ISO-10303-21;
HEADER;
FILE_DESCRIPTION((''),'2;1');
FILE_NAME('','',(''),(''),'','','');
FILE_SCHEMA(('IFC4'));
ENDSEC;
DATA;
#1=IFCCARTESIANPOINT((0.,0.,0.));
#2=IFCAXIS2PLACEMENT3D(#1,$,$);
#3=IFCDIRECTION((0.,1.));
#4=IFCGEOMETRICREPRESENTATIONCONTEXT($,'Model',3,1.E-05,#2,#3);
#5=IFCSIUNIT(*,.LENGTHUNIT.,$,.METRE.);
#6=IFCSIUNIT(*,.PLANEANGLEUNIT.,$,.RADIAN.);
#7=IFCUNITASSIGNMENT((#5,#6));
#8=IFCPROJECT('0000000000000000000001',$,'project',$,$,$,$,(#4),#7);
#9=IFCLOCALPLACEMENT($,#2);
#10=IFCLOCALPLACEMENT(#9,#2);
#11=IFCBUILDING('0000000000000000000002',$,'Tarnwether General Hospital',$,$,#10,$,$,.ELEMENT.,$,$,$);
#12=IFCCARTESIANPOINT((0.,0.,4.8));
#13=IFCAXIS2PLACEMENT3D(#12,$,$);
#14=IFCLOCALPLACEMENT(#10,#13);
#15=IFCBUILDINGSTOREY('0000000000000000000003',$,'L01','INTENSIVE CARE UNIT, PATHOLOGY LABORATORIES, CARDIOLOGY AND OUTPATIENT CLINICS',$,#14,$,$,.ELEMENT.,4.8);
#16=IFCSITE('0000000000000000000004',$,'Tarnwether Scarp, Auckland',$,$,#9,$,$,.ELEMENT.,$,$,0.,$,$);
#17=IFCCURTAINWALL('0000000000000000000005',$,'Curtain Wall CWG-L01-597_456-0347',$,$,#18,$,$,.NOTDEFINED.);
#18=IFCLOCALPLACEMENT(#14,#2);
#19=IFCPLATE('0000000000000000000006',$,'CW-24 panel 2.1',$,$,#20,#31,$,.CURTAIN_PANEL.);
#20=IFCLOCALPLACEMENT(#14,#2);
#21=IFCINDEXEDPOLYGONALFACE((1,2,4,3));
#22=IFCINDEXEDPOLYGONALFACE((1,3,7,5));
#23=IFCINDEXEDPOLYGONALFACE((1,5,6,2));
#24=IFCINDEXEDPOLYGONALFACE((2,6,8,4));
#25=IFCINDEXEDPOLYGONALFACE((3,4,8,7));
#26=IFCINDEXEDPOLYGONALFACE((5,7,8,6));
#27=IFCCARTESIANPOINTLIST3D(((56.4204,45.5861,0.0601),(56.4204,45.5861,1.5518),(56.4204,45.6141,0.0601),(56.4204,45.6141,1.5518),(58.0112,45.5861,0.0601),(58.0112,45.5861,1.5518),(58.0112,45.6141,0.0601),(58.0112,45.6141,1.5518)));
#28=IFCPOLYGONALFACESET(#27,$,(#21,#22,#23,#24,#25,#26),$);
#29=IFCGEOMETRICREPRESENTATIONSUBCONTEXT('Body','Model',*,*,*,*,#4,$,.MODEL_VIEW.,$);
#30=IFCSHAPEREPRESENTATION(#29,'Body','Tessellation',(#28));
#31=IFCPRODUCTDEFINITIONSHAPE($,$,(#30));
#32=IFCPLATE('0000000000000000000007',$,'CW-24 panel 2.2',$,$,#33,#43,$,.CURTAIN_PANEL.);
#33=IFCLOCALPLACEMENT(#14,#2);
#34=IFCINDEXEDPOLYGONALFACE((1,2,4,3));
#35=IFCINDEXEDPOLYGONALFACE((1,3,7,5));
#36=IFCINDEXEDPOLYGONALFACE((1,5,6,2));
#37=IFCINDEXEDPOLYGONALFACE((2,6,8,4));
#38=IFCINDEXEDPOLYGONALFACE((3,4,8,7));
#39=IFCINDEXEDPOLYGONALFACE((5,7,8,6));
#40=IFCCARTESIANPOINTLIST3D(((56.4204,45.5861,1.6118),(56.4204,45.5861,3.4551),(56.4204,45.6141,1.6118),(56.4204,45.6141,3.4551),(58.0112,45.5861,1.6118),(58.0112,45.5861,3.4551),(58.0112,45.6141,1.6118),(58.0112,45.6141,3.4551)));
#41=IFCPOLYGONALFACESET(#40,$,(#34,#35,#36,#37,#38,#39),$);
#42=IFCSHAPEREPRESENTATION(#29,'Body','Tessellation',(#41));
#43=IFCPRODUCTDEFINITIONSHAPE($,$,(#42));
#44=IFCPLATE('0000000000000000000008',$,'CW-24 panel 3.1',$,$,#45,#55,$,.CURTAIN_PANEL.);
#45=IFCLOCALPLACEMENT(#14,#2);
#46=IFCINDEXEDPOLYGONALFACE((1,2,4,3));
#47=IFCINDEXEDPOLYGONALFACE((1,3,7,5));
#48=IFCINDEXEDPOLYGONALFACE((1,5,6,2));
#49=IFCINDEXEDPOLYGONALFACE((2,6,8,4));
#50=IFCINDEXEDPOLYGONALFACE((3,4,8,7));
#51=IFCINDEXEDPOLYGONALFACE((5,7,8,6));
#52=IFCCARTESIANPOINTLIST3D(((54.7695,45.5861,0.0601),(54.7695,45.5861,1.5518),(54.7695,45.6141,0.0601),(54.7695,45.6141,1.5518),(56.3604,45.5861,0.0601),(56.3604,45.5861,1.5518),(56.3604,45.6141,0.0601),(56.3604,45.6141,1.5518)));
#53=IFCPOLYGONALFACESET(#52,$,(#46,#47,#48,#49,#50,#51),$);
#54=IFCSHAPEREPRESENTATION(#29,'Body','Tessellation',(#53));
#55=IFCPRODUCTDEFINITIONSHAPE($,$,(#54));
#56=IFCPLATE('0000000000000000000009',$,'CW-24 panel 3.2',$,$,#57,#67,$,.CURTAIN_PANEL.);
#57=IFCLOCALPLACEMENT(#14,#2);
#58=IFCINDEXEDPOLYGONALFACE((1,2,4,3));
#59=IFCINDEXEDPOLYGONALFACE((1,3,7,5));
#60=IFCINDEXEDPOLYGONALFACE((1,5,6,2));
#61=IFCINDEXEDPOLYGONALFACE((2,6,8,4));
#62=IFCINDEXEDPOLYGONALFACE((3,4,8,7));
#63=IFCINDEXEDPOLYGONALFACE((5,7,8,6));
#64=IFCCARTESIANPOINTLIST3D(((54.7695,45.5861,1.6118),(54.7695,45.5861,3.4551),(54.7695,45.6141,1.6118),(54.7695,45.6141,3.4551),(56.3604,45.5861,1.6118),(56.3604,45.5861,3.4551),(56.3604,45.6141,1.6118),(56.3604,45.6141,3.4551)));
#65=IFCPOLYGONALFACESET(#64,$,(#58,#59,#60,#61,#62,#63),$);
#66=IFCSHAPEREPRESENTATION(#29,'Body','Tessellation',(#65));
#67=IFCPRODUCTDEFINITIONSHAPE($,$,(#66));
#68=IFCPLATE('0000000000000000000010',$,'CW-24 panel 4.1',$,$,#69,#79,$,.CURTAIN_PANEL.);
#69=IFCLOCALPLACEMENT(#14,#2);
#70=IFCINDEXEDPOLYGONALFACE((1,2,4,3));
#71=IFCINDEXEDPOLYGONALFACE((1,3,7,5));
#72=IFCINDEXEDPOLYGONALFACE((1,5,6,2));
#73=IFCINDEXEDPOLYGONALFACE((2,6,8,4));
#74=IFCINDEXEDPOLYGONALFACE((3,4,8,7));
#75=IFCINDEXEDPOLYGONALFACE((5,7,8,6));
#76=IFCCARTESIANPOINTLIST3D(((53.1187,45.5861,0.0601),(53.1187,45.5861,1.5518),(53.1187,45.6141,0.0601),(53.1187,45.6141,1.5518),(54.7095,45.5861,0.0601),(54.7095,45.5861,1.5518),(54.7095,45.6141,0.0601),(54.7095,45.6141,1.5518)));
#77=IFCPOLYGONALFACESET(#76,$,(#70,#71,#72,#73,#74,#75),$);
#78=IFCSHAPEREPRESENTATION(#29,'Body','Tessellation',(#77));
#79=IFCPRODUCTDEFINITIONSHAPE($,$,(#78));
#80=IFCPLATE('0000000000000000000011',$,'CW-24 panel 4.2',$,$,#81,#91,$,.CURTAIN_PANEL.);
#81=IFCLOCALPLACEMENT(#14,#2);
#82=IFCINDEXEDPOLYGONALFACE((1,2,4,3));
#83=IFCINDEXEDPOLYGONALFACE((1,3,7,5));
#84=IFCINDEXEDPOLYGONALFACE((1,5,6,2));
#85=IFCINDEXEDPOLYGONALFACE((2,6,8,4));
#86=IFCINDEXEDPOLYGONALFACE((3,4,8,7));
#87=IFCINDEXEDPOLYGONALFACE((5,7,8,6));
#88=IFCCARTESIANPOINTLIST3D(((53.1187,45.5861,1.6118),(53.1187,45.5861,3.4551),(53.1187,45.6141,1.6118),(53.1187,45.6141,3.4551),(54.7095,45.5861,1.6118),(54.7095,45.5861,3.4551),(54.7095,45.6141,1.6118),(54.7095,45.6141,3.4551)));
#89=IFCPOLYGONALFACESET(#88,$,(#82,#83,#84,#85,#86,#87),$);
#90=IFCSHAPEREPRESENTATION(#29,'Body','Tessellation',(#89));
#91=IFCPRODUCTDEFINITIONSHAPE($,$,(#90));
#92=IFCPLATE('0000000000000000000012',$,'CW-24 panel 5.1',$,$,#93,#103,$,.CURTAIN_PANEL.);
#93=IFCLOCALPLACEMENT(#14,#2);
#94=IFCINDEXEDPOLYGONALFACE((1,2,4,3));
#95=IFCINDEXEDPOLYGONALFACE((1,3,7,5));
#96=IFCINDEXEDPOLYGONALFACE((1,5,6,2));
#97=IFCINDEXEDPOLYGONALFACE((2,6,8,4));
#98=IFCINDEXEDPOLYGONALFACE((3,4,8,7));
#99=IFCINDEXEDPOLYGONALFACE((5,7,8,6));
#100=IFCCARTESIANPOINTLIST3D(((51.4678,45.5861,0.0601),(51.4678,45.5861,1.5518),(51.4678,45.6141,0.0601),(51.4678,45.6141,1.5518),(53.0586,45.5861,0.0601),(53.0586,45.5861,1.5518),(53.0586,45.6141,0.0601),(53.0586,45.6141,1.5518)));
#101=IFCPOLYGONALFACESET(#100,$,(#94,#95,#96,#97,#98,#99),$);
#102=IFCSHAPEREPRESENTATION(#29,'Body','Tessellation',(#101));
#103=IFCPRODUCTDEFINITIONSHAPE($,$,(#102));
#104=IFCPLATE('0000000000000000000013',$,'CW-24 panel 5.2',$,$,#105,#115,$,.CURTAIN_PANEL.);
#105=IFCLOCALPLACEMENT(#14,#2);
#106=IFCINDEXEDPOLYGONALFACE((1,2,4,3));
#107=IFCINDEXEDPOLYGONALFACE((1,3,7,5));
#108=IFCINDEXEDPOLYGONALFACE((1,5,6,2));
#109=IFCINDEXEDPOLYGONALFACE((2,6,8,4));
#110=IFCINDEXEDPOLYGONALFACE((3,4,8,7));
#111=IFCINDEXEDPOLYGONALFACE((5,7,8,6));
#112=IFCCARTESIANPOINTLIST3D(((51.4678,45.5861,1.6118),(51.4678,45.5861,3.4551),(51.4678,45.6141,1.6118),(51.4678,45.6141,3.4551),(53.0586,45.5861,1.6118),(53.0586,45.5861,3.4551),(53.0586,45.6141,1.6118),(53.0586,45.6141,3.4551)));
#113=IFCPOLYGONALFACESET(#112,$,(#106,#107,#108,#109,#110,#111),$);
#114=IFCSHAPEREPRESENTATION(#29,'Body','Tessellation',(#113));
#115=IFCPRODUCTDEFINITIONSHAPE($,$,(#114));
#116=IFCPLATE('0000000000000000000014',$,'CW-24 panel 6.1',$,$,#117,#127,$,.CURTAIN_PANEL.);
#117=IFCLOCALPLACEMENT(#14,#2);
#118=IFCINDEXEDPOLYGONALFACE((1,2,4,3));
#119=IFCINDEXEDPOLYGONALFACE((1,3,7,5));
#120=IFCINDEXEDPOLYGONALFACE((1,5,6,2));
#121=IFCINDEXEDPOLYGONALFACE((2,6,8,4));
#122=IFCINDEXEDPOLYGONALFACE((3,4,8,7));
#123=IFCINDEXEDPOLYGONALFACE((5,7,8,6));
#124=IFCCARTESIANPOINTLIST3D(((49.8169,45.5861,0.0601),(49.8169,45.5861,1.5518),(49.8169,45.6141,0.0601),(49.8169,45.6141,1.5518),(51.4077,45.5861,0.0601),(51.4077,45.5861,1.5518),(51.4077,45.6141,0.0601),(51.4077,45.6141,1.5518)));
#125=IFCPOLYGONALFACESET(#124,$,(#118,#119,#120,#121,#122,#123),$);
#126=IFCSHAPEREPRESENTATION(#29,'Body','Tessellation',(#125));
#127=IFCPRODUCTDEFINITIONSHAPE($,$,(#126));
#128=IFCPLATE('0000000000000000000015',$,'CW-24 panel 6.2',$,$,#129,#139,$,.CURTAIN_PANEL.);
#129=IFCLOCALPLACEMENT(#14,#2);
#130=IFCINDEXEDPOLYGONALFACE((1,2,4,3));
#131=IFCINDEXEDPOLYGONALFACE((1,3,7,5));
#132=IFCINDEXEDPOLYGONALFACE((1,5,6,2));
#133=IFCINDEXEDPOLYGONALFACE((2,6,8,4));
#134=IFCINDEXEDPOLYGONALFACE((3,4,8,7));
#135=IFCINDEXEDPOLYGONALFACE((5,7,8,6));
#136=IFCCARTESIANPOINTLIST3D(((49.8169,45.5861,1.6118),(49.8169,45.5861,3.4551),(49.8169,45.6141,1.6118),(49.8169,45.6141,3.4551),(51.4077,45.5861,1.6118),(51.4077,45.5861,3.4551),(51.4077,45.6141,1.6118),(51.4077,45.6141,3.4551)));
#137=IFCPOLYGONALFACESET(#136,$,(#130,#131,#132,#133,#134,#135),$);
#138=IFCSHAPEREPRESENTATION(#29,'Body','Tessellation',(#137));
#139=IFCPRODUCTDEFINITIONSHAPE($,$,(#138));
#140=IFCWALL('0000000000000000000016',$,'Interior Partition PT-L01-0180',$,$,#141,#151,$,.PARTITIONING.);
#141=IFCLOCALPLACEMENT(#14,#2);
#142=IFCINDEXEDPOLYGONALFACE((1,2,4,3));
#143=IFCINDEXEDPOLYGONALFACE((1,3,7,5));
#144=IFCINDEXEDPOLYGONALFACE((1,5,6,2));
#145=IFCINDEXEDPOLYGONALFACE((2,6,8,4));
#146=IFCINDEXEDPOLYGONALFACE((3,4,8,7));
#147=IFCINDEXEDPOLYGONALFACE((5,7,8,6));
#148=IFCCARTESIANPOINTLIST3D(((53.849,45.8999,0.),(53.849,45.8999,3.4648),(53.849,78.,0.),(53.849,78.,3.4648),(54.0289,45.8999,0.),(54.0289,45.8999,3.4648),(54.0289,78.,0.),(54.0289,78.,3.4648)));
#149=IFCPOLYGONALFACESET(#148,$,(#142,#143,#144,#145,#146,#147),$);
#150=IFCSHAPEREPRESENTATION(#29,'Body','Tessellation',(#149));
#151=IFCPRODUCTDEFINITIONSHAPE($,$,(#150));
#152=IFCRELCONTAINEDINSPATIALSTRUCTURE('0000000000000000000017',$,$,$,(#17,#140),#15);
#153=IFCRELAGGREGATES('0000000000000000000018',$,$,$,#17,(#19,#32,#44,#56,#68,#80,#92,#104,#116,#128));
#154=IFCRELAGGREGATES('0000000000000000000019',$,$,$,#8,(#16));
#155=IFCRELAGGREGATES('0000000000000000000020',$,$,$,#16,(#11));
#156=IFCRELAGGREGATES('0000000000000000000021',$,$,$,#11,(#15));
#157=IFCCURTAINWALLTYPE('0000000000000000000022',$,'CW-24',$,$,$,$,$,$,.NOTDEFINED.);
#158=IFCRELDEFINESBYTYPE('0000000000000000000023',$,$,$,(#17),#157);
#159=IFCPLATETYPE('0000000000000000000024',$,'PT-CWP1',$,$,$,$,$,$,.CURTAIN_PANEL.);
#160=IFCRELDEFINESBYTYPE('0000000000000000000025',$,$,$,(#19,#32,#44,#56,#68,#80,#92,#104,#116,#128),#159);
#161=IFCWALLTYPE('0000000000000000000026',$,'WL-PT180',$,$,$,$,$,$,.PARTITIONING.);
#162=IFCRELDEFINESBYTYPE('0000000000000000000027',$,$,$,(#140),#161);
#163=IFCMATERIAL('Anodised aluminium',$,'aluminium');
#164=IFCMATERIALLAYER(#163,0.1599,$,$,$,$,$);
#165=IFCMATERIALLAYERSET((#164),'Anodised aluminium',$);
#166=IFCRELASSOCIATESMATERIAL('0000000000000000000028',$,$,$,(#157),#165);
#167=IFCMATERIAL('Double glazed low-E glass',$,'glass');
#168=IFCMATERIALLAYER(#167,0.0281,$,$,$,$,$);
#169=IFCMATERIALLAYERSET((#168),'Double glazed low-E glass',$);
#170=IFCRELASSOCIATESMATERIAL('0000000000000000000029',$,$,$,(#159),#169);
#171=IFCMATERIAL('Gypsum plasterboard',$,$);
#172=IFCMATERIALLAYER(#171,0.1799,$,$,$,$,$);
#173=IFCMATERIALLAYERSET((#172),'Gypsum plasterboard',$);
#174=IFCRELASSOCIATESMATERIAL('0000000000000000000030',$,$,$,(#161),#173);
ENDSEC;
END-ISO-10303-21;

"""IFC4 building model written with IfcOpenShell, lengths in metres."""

from ifc_helpers import new_model, si_unit, direction, frame, frame_2d, origin, origin_2d, place, context, subcontext, project, spatial, rectangle, extrude, material, layer, layer_set, type_object, element, aggregate, save


model = new_model("IFC4")

# Units and contexts
model_context = context("Model", 3, precision=1e-05, world=origin(), true_north=direction((0.0, 1.0)))
body_context = subcontext(model_context, "Body", "Model", "MODEL_VIEW")
ifc_project = project(units=[si_unit("LENGTHUNIT", "METRE"), si_unit("PLANEANGLEUNIT", "RADIAN")], contexts=[model_context])

# Site, building, storey
site_placement = place(None, origin())
site = spatial("IfcSite", under=ifc_project, at=site_placement, Name="Tarnwether Scarp, Auckland", CompositionType="ELEMENT", RefElevation=0.0)
building_placement = place(site_placement, origin())
building = spatial("IfcBuilding", under=site, at=building_placement, Name="Tarnwether General Hospital", CompositionType="ELEMENT")
storey_placement = place(building_placement, frame((0.0, 0.0, 4.8)))
storey = spatial("IfcBuildingStorey", under=building, at=storey_placement, Name="L01", Description="INTENSIVE CARE UNIT, PATHOLOGY LABORATORIES, CARDIOLOGY AND OUTPATIENT CLINICS", CompositionType="ELEMENT", Elevation=4.8)

# Curtain wall, plates
ifc_material_1 = material(Name="Anodised aluminium", Category="aluminium")
ifc_layer_1 = layer(ifc_material_1, 0.1599)
ifc_layer_set_1 = layer_set([ifc_layer_1], Name="Anodised aluminium")
curtain_wall_type = type_object("IfcCurtainWallType", Name="CW-24", PredefinedType="NOTDEFINED", material=ifc_layer_set_1)
curtain_wall_placement = place(storey_placement, origin())
curtain_wall = element("IfcCurtainWall", 1, at=curtain_wall_placement, inside=storey, type_object=curtain_wall_type, Name="Curtain Wall CWG-L01-597_456-0347", PredefinedType="NOTDEFINED")
ifc_material_2 = material(Name="Double glazed low-E glass", Category="glass")
ifc_layer_2 = layer(ifc_material_2, 0.0281)
ifc_layer_set_2 = layer_set([ifc_layer_2], Name="Double glazed low-E glass")
plate_type = type_object("IfcPlateType", Name="PT-CWP1", PredefinedType="CURTAIN_PANEL", material=ifc_layer_set_2)
plate_1_placement = place(storey_placement, frame((57.2158, 45.6001, 0.0601), z_axis=(0.0, 0.0, 1.0), x_axis=(-1.0, 0.0, 0.0)))
plate_1 = element("IfcPlate", 2, at=plate_1_placement, type_object=plate_type, Name="CW-24 panel 2.1", PredefinedType="CURTAIN_PANEL", context=body_context, shape_type="SweptSolid", body=[
    extrude(rectangle(XDim=1.5908, YDim=0.0281, at=origin_2d()), origin(), (0.0, 0.0, 1.0), 1.4917),
])
plate_2_placement = place(storey_placement, frame((57.2158, 45.6001, 1.6118), z_axis=(0.0, 0.0, 1.0), x_axis=(-1.0, 0.0, 0.0)))
plate_2 = element("IfcPlate", 3, at=plate_2_placement, type_object=plate_type, Name="CW-24 panel 2.2", PredefinedType="CURTAIN_PANEL", context=body_context, shape_type="SweptSolid", body=[
    extrude(rectangle(XDim=1.5908, YDim=0.0281, at=origin_2d()), origin(), (0.0, 0.0, 1.0), 1.8433),
])
plate_3_placement = place(storey_placement, frame((55.5649, 45.6001, 0.0601), z_axis=(0.0, 0.0, 1.0), x_axis=(-1.0, 0.0, 0.0)))
plate_3 = element("IfcPlate", 4, at=plate_3_placement, type_object=plate_type, Name="CW-24 panel 3.1", PredefinedType="CURTAIN_PANEL", context=body_context, shape_type="SweptSolid", body=[
    extrude(rectangle(XDim=1.5908, YDim=0.0281, at=origin_2d()), origin(), (0.0, 0.0, 1.0), 1.4917),
])
plate_4_placement = place(storey_placement, frame((55.5649, 45.6001, 1.6118), z_axis=(0.0, 0.0, 1.0), x_axis=(-1.0, 0.0, 0.0)))
plate_4 = element("IfcPlate", 5, at=plate_4_placement, type_object=plate_type, Name="CW-24 panel 3.2", PredefinedType="CURTAIN_PANEL", context=body_context, shape_type="SweptSolid", body=[
    extrude(rectangle(XDim=1.5908, YDim=0.0281, at=origin_2d()), origin(), (0.0, 0.0, 1.0), 1.8433),
])
plate_5_placement = place(storey_placement, frame((53.9141, 45.6001, 0.0601), z_axis=(0.0, 0.0, 1.0), x_axis=(-1.0, 0.0, 0.0)))
plate_5 = element("IfcPlate", 6, at=plate_5_placement, type_object=plate_type, Name="CW-24 panel 4.1", PredefinedType="CURTAIN_PANEL", context=body_context, shape_type="SweptSolid", body=[
    extrude(rectangle(XDim=1.5908, YDim=0.0281, at=origin_2d()), origin(), (0.0, 0.0, 1.0), 1.4917),
])
plate_6_placement = place(storey_placement, frame((53.9141, 45.6001, 1.6118), z_axis=(0.0, 0.0, 1.0), x_axis=(-1.0, 0.0, 0.0)))
plate_6 = element("IfcPlate", 7, at=plate_6_placement, type_object=plate_type, Name="CW-24 panel 4.2", PredefinedType="CURTAIN_PANEL", context=body_context, shape_type="SweptSolid", body=[
    extrude(rectangle(XDim=1.5908, YDim=0.0281, at=origin_2d()), origin(), (0.0, 0.0, 1.0), 1.8433),
])
plate_7_placement = place(storey_placement, frame((52.2632, 45.6001, 0.0601), z_axis=(0.0, 0.0, 1.0), x_axis=(-1.0, 0.0, 0.0)))
plate_7 = element("IfcPlate", 8, at=plate_7_placement, type_object=plate_type, Name="CW-24 panel 5.1", PredefinedType="CURTAIN_PANEL", context=body_context, shape_type="SweptSolid", body=[
    extrude(rectangle(XDim=1.5908, YDim=0.0281, at=origin_2d()), origin(), (0.0, 0.0, 1.0), 1.4917),
])
plate_8_placement = place(storey_placement, frame((52.2632, 45.6001, 1.6118), z_axis=(0.0, 0.0, 1.0), x_axis=(-1.0, 0.0, 0.0)))
plate_8 = element("IfcPlate", 9, at=plate_8_placement, type_object=plate_type, Name="CW-24 panel 5.2", PredefinedType="CURTAIN_PANEL", context=body_context, shape_type="SweptSolid", body=[
    extrude(rectangle(XDim=1.5908, YDim=0.0281, at=origin_2d()), origin(), (0.0, 0.0, 1.0), 1.8433),
])
plate_9_placement = place(storey_placement, frame((50.6123, 45.6001, 0.0601), z_axis=(0.0, 0.0, 1.0), x_axis=(-1.0, 0.0, 0.0)))
plate_9 = element("IfcPlate", 10, at=plate_9_placement, type_object=plate_type, Name="CW-24 panel 6.1", PredefinedType="CURTAIN_PANEL", context=body_context, shape_type="SweptSolid", body=[
    extrude(rectangle(XDim=1.5908, YDim=0.0281, at=origin_2d()), origin(), (0.0, 0.0, 1.0), 1.4917),
])
plate_10_placement = place(storey_placement, frame((50.6123, 45.6001, 1.6118), z_axis=(0.0, 0.0, 1.0), x_axis=(-1.0, 0.0, 0.0)))
plate_10 = element("IfcPlate", 11, at=plate_10_placement, type_object=plate_type, Name="CW-24 panel 6.2", PredefinedType="CURTAIN_PANEL", context=body_context, shape_type="SweptSolid", body=[
    extrude(rectangle(XDim=1.5908, YDim=0.0281, at=origin_2d()), origin(), (0.0, 0.0, 1.0), 1.8433),
])
aggregate(curtain_wall, [plate_1, plate_2, plate_3, plate_4, plate_5, plate_6, plate_7, plate_8, plate_9, plate_10])

# Wall
ifc_material_3 = material(Name="Gypsum plasterboard")
ifc_layer_3 = layer(ifc_material_3, 0.1799)
ifc_layer_set_3 = layer_set([ifc_layer_3], Name="Gypsum plasterboard")
wall_type = type_object("IfcWallType", Name="WL-PT180", PredefinedType="PARTITIONING", material=ifc_layer_set_3)
wall_placement = place(storey_placement, frame((53.939, 45.8999, 0.0), z_axis=(0.0, 0.0, 1.0), x_axis=(0.0, 1.0, 0.0)))
element("IfcWall", 12, at=wall_placement, inside=storey, type_object=wall_type, Name="Interior Partition PT-L01-0180", PredefinedType="PARTITIONING", context=body_context, shape_type="SweptSolid", body=[
    extrude(rectangle(XDim=32.1001, YDim=0.1799, at=frame_2d((16.05, 0.0))), origin(), (0.0, 0.0, 1.0), 3.4648),
])

save(model, "model.ifc")
